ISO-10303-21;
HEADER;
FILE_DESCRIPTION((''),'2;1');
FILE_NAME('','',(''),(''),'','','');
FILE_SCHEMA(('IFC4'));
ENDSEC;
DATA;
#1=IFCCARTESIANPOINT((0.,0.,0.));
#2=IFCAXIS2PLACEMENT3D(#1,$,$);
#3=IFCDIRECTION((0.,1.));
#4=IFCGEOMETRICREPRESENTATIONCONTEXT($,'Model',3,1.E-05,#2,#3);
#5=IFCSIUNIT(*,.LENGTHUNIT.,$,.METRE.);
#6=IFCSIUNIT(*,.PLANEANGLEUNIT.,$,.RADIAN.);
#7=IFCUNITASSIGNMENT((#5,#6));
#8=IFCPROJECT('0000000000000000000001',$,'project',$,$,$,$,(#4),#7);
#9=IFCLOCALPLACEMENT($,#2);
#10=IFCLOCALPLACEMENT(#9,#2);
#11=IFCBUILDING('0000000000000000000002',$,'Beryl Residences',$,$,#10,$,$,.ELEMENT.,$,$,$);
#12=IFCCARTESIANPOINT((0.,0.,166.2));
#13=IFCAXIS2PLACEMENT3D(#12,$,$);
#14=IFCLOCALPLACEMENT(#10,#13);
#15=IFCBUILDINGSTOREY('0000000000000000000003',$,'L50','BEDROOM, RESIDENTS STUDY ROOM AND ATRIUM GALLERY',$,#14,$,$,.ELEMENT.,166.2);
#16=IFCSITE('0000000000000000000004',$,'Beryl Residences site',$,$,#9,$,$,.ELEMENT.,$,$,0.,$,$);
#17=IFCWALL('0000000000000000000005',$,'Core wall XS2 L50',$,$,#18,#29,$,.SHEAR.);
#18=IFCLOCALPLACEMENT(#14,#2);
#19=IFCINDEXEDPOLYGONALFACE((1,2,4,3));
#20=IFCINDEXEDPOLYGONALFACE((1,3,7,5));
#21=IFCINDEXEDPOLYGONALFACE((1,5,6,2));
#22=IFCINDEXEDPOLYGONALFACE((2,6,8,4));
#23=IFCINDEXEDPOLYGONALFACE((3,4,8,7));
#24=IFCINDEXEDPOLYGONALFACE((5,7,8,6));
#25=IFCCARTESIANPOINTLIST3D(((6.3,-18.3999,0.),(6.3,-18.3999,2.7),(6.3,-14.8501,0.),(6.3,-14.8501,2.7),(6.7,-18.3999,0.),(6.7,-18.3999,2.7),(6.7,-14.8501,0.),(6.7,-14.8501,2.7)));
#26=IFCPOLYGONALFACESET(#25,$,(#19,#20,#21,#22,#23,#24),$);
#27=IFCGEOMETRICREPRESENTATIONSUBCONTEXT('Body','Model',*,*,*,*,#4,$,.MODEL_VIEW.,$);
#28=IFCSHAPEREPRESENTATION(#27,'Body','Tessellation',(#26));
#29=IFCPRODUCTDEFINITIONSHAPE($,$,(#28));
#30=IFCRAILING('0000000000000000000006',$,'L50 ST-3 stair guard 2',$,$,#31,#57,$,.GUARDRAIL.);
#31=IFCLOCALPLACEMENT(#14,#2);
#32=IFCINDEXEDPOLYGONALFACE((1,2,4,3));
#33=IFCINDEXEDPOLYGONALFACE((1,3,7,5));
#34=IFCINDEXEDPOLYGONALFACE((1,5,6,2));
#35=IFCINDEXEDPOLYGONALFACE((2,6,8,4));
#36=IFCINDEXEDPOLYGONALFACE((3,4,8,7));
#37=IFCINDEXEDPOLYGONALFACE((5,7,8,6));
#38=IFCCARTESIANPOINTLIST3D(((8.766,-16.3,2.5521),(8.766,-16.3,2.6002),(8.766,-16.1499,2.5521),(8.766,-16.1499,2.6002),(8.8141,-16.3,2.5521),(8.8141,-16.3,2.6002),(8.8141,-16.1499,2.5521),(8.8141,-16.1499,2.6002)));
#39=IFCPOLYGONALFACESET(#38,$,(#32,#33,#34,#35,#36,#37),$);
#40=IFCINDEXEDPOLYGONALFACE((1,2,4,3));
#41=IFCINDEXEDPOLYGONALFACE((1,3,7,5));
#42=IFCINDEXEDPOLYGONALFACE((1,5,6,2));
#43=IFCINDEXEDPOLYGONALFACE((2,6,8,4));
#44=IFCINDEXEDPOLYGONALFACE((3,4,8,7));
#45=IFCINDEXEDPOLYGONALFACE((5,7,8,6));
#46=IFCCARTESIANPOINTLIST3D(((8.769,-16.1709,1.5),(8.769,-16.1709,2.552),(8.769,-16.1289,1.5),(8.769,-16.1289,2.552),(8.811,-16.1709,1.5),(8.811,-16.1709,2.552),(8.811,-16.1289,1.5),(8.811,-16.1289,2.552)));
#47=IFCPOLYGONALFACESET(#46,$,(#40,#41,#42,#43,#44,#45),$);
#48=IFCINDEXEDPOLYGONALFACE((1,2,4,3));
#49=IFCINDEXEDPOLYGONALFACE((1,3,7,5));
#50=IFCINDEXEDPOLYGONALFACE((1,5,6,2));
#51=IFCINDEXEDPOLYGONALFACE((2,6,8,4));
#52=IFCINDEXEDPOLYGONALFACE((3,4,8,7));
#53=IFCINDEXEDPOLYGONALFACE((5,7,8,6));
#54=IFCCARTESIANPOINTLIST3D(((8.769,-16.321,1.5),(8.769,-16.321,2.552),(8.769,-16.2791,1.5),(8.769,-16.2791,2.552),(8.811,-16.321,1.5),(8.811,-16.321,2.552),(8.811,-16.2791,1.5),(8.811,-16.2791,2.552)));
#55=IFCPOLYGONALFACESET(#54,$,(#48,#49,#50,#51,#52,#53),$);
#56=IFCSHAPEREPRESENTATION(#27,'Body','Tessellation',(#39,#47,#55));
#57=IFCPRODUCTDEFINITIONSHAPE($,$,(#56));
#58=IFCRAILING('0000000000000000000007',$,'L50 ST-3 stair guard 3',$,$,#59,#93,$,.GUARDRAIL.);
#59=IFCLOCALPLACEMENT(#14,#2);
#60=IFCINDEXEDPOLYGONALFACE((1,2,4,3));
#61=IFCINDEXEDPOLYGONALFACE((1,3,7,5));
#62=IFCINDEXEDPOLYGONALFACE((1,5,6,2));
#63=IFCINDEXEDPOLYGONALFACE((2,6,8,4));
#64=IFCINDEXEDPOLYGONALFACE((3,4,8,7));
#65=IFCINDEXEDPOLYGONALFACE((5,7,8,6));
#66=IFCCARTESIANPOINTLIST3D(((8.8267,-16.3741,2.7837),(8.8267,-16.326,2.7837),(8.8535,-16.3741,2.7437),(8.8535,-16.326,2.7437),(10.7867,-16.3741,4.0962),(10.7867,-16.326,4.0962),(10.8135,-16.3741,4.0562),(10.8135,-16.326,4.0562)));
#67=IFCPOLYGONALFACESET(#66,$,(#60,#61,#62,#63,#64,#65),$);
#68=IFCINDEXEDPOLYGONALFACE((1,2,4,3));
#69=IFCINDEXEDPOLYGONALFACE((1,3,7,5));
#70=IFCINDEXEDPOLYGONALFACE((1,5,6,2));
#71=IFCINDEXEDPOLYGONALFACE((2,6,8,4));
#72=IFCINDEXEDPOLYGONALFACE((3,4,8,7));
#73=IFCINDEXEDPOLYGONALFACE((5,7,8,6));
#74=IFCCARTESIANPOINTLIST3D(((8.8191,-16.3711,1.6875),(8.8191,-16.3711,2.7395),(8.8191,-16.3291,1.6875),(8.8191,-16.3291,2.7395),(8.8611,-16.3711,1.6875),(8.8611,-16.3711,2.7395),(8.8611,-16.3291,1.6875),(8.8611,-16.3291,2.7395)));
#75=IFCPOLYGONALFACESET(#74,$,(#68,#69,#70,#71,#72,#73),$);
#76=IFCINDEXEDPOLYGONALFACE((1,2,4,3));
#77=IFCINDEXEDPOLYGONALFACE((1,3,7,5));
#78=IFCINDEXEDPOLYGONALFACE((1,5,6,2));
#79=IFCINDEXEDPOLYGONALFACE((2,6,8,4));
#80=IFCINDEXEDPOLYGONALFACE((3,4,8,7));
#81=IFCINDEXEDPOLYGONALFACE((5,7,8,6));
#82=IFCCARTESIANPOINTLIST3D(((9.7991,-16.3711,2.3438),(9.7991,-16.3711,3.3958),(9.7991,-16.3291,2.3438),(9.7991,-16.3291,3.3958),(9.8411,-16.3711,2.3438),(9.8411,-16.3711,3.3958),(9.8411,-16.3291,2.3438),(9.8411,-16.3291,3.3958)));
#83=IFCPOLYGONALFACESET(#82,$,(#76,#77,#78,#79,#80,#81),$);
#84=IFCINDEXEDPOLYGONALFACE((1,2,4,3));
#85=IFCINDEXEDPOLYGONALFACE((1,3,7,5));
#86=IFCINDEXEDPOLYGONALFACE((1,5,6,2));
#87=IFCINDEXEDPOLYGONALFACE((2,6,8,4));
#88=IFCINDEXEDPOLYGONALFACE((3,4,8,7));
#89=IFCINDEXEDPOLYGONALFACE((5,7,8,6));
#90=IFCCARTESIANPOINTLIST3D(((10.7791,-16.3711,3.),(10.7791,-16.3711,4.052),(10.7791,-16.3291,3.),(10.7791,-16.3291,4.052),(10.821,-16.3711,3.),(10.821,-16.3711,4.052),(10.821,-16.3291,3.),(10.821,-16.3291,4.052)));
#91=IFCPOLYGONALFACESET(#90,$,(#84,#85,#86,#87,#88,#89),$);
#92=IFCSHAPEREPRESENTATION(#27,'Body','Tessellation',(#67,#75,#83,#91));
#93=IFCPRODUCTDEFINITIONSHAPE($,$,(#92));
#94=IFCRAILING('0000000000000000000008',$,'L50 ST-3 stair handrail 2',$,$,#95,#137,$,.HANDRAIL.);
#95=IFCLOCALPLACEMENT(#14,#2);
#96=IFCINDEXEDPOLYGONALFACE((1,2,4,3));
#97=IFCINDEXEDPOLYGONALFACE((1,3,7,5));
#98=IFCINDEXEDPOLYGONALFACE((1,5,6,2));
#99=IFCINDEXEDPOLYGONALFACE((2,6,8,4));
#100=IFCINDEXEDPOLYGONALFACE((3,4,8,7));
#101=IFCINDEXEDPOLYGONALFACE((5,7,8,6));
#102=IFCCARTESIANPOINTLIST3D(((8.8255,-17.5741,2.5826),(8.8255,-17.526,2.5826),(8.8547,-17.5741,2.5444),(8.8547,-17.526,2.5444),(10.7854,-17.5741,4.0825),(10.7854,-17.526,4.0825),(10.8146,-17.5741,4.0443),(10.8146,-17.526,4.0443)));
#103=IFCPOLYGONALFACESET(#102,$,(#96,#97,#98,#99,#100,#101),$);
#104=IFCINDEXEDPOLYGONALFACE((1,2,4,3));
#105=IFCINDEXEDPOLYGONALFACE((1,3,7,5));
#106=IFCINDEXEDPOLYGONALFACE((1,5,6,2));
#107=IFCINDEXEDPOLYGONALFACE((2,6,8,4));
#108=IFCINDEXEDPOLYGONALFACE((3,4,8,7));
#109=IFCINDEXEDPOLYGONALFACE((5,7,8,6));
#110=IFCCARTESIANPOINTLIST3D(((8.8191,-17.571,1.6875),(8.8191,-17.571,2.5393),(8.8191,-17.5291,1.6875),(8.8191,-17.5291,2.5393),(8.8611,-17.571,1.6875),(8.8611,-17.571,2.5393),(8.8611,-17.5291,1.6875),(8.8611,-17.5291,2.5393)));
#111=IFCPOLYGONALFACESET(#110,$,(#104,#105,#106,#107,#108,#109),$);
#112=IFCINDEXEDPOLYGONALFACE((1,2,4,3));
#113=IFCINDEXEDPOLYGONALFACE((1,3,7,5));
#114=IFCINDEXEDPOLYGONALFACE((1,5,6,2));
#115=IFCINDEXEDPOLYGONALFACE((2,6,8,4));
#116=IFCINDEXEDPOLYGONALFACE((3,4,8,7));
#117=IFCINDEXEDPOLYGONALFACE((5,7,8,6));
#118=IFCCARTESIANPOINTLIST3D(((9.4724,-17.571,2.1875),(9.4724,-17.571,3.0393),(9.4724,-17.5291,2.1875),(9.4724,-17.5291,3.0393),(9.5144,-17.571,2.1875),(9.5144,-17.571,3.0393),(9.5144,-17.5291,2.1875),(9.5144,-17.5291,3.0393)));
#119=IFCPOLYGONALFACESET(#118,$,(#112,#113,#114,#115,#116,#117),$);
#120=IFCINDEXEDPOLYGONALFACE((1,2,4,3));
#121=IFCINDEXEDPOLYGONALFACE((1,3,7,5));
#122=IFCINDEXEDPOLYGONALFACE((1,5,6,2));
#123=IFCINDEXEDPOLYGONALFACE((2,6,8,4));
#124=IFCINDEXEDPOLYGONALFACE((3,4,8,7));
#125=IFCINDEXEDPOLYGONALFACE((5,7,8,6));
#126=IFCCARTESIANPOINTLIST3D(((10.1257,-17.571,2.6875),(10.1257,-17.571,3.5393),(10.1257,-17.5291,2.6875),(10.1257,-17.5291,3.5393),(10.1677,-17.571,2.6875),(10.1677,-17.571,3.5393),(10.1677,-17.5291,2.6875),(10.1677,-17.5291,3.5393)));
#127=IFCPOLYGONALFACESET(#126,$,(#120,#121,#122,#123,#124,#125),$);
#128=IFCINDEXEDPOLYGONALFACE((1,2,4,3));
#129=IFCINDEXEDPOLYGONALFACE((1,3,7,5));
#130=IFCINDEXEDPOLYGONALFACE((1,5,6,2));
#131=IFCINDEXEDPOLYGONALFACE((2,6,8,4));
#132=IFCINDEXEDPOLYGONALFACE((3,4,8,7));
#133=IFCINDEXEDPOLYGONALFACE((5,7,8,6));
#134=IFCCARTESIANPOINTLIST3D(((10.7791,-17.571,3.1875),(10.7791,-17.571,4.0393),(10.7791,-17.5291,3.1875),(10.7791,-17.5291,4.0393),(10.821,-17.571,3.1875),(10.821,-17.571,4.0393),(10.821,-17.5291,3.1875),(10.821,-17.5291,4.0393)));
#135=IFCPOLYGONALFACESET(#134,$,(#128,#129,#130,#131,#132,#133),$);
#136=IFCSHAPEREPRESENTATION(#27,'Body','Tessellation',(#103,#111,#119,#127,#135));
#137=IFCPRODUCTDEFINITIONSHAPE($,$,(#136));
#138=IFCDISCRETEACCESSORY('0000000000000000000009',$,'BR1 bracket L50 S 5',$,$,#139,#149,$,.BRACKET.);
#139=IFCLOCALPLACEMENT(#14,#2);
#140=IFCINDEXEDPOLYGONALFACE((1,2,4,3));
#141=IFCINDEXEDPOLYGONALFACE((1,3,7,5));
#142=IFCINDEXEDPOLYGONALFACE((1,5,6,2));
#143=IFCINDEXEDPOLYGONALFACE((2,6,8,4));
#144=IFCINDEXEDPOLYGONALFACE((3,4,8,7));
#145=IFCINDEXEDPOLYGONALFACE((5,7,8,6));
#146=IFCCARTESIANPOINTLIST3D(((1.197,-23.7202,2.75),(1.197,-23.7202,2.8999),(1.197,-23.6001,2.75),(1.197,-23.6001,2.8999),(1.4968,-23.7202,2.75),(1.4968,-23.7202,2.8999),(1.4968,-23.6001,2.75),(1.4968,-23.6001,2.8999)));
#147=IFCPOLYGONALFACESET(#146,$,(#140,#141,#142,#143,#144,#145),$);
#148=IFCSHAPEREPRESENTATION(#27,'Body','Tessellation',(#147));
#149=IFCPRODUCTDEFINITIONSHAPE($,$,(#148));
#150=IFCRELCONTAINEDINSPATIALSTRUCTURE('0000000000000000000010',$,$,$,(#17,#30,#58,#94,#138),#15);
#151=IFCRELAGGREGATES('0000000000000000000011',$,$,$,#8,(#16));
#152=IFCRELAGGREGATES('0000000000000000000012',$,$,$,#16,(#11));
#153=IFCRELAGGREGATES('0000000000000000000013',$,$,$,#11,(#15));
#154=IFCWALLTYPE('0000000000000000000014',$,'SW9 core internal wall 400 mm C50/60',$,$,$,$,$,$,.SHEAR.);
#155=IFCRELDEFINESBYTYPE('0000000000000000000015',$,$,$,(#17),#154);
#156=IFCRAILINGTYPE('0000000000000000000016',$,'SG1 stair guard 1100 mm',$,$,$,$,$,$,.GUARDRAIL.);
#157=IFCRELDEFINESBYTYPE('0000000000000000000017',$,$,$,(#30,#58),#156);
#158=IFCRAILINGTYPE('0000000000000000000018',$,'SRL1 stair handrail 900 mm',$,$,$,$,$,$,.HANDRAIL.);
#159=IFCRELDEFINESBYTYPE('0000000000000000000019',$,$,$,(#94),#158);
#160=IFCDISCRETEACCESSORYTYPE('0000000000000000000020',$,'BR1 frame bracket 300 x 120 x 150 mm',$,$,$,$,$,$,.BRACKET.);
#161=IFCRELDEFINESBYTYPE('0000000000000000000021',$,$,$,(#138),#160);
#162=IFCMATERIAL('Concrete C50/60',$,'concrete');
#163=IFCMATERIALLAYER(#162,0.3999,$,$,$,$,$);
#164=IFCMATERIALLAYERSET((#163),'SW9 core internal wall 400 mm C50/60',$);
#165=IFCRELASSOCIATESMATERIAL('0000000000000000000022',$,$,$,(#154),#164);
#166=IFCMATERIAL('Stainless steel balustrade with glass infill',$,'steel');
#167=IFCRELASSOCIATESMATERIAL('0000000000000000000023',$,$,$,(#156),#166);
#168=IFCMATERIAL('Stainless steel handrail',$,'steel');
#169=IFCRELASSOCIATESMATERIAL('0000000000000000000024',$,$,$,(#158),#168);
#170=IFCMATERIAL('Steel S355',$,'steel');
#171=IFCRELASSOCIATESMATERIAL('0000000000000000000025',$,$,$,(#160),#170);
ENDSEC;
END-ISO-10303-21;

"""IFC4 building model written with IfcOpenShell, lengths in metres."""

from ifc_helpers import new_model, si_unit, direction, frame, frame_2d, origin, origin_2d, place, context, subcontext, project, spatial, polyline, rectangle, outline, extrude, source, transform, mapped, material, layer, layer_set, type_object, type_shapes, element, save


model = new_model("IFC4")

# Units and contexts
model_context = context("Model", 3, precision=1e-05, world=origin(), true_north=direction((0.0, 1.0)))
body_context = subcontext(model_context, "Body", "Model", "MODEL_VIEW")
ifc_project = project(units=[si_unit("LENGTHUNIT", "METRE"), si_unit("PLANEANGLEUNIT", "RADIAN")], contexts=[model_context])

# Site, building, storey
site_placement = place(None, origin())
site = spatial("IfcSite", under=ifc_project, at=site_placement, Name="Beryl Residences site", CompositionType="ELEMENT", RefElevation=0.0)
building_placement = place(site_placement, origin())
building = spatial("IfcBuilding", under=site, at=building_placement, Name="Beryl Residences", CompositionType="ELEMENT")
storey_placement = place(building_placement, frame((0.0, 0.0, 166.2)))
storey = spatial("IfcBuildingStorey", under=building, at=storey_placement, Name="L50", Description="BEDROOM, RESIDENTS STUDY ROOM AND ATRIUM GALLERY", CompositionType="ELEMENT", Elevation=166.2)

# Wall
ifc_material_1 = material(Name="Concrete C50/60", Category="concrete")
ifc_layer_1 = layer(ifc_material_1, 0.3999)
ifc_layer_set_1 = layer_set([ifc_layer_1], Name="SW9 core internal wall 400 mm C50/60")
wall_type_1 = type_object("IfcWallType", Name="SW9 core internal wall 400 mm C50/60", PredefinedType="SHEAR", material=ifc_layer_set_1)
wall_1_placement = place(storey_placement, frame((6.5, -18.3999, 0.0), z_axis=(0.0, 0.0, 1.0), x_axis=(0.0, 1.0, 0.0)))
element("IfcWall", 1, at=wall_1_placement, inside=storey, type_object=wall_type_1, Name="Core wall XS2 L50", PredefinedType="SHEAR", context=body_context, shape_type="SweptSolid", body=[
    extrude(rectangle(XDim=3.5498, YDim=0.3999, at=frame_2d((1.7749, 0.0))), origin(), (0.0, 0.0, 1.0), 2.7),
])

# Railings
ifc_material_2 = material(Name="Stainless steel balustrade with glass infill", Category="steel")
railing_type_1 = type_object("IfcRailingType", Name="SG1 stair guard 1100 mm", PredefinedType="GUARDRAIL", material=ifc_material_2)
railing_1_placement = place(storey_placement, frame((8.79, -16.1499, 1.5)))
element("IfcRailing", 2, at=railing_1_placement, inside=storey, type_object=railing_type_1, Name="L50 ST-3 stair guard 2", PredefinedType="GUARDRAIL", context=body_context, shape_type="SweptSolid", body=[
    extrude(rectangle(XDim=0.0481, YDim=0.0481, at=origin_2d()), frame((0.0, 0.0, 1.0762), z_axis=(0.0, -1.0, 0.0), x_axis=(1.0, 0.0, 0.0)), (0.0, 0.0, 1.0), 0.1501),
    extrude(rectangle(XDim=0.042, YDim=0.042, at=origin_2d()), origin(), (0.0, 0.0, 1.0), 1.052),
    extrude(rectangle(XDim=0.042, YDim=0.042, at=origin_2d()), frame((0.0, -0.1501, 0.0)), (0.0, 0.0, 1.0), 1.052),
])
railing_2_placement = place(storey_placement, frame((8.8401, -16.3501, 1.6875)))
element("IfcRailing", 3, at=railing_2_placement, inside=storey, type_object=railing_type_1, Name="L50 ST-3 stair guard 3", PredefinedType="GUARDRAIL", context=body_context, shape_type="SweptSolid", body=[
    extrude(rectangle(XDim=0.0481, YDim=0.0481, at=origin_2d()), frame((0.0, 0.0, 1.0762), z_axis=(0.830902, 0.0, 0.556419), x_axis=(0.0, 1.0, 0.0)), (0.0, 0.0, 1.0), 2.3589),
    extrude(rectangle(XDim=0.042, YDim=0.042, at=origin_2d()), origin(), (0.0, 0.0, 1.0), 1.052),
    extrude(rectangle(XDim=0.042, YDim=0.042, at=origin_2d()), frame((0.98, 0.0, 0.6562)), (0.0, 0.0, 1.0), 1.052),
    extrude(rectangle(XDim=0.042, YDim=0.042, at=origin_2d()), frame((1.96, 0.0, 1.3125)), (0.0, 0.0, 1.0), 1.052),
])
ifc_material_3 = material(Name="Stainless steel handrail", Category="steel")
railing_type_2 = type_object("IfcRailingType", Name="SRL1 stair handrail 900 mm", PredefinedType="HANDRAIL", material=ifc_material_3)
railing_3_placement = place(storey_placement, frame((8.8401, -17.55, 1.6875)))
element("IfcRailing", 4, at=railing_3_placement, inside=storey, type_object=railing_type_2, Name="L50 ST-3 stair handrail 2", PredefinedType="HANDRAIL", context=body_context, shape_type="SweptSolid", body=[
    extrude(rectangle(XDim=0.0481, YDim=0.0481, at=origin_2d()), frame((0.0, 0.0, 0.876), z_axis=(0.794122, 0.0, 0.607758), x_axis=(0.0, 1.0, 0.0)), (0.0, 0.0, 1.0), 2.468),
    extrude(rectangle(XDim=0.042, YDim=0.042, at=origin_2d()), origin(), (0.0, 0.0, 1.0), 0.8518),
    extrude(rectangle(XDim=0.042, YDim=0.042, at=origin_2d()), frame((0.6533, 0.0, 0.5)), (0.0, 0.0, 1.0), 0.8518),
    extrude(rectangle(XDim=0.042, YDim=0.042, at=origin_2d()), frame((1.3066, 0.0, 1.0)), (0.0, 0.0, 1.0), 0.8518),
    extrude(rectangle(XDim=0.042, YDim=0.042, at=origin_2d()), frame((1.96, 0.0, 1.5)), (0.0, 0.0, 1.0), 0.8518),
])

# Discrete accessory
ifc_material_4 = material(Name="Steel S355", Category="steel")
discrete_accessory_type = type_object("IfcDiscreteAccessoryType", Name="BR1 frame bracket 300 x 120 x 150 mm", PredefinedType="BRACKET", material=ifc_material_4)
shared_shape_1 = source(origin(), body_context, "Body", "SweptSolid", [
    extrude(outline(polyline([(-0.1499, 0.0), (0.1499, 0.0), (0.1499, 0.1201), (-0.1499, 0.1201), (-0.1499, 0.0)])), origin(), (0.0, 0.0, 1.0), 0.1499),
])
type_shapes(discrete_accessory_type, [shared_shape_1])
discrete_accessory_placement = place(storey_placement, frame((1.3469, -23.6001, 2.75), z_axis=(0.0, 0.0, 1.0), x_axis=(-1.0, 0.0, 0.0)))
element("IfcDiscreteAccessory", 5, at=discrete_accessory_placement, inside=storey, type_object=discrete_accessory_type, Name="BR1 bracket L50 S 5", PredefinedType="BRACKET", context=body_context, shape_type="MappedRepresentation", body=[
    mapped(shared_shape_1, transform((0.0, 0.0, 0.0))),
])

save(model, "model.ifc")
